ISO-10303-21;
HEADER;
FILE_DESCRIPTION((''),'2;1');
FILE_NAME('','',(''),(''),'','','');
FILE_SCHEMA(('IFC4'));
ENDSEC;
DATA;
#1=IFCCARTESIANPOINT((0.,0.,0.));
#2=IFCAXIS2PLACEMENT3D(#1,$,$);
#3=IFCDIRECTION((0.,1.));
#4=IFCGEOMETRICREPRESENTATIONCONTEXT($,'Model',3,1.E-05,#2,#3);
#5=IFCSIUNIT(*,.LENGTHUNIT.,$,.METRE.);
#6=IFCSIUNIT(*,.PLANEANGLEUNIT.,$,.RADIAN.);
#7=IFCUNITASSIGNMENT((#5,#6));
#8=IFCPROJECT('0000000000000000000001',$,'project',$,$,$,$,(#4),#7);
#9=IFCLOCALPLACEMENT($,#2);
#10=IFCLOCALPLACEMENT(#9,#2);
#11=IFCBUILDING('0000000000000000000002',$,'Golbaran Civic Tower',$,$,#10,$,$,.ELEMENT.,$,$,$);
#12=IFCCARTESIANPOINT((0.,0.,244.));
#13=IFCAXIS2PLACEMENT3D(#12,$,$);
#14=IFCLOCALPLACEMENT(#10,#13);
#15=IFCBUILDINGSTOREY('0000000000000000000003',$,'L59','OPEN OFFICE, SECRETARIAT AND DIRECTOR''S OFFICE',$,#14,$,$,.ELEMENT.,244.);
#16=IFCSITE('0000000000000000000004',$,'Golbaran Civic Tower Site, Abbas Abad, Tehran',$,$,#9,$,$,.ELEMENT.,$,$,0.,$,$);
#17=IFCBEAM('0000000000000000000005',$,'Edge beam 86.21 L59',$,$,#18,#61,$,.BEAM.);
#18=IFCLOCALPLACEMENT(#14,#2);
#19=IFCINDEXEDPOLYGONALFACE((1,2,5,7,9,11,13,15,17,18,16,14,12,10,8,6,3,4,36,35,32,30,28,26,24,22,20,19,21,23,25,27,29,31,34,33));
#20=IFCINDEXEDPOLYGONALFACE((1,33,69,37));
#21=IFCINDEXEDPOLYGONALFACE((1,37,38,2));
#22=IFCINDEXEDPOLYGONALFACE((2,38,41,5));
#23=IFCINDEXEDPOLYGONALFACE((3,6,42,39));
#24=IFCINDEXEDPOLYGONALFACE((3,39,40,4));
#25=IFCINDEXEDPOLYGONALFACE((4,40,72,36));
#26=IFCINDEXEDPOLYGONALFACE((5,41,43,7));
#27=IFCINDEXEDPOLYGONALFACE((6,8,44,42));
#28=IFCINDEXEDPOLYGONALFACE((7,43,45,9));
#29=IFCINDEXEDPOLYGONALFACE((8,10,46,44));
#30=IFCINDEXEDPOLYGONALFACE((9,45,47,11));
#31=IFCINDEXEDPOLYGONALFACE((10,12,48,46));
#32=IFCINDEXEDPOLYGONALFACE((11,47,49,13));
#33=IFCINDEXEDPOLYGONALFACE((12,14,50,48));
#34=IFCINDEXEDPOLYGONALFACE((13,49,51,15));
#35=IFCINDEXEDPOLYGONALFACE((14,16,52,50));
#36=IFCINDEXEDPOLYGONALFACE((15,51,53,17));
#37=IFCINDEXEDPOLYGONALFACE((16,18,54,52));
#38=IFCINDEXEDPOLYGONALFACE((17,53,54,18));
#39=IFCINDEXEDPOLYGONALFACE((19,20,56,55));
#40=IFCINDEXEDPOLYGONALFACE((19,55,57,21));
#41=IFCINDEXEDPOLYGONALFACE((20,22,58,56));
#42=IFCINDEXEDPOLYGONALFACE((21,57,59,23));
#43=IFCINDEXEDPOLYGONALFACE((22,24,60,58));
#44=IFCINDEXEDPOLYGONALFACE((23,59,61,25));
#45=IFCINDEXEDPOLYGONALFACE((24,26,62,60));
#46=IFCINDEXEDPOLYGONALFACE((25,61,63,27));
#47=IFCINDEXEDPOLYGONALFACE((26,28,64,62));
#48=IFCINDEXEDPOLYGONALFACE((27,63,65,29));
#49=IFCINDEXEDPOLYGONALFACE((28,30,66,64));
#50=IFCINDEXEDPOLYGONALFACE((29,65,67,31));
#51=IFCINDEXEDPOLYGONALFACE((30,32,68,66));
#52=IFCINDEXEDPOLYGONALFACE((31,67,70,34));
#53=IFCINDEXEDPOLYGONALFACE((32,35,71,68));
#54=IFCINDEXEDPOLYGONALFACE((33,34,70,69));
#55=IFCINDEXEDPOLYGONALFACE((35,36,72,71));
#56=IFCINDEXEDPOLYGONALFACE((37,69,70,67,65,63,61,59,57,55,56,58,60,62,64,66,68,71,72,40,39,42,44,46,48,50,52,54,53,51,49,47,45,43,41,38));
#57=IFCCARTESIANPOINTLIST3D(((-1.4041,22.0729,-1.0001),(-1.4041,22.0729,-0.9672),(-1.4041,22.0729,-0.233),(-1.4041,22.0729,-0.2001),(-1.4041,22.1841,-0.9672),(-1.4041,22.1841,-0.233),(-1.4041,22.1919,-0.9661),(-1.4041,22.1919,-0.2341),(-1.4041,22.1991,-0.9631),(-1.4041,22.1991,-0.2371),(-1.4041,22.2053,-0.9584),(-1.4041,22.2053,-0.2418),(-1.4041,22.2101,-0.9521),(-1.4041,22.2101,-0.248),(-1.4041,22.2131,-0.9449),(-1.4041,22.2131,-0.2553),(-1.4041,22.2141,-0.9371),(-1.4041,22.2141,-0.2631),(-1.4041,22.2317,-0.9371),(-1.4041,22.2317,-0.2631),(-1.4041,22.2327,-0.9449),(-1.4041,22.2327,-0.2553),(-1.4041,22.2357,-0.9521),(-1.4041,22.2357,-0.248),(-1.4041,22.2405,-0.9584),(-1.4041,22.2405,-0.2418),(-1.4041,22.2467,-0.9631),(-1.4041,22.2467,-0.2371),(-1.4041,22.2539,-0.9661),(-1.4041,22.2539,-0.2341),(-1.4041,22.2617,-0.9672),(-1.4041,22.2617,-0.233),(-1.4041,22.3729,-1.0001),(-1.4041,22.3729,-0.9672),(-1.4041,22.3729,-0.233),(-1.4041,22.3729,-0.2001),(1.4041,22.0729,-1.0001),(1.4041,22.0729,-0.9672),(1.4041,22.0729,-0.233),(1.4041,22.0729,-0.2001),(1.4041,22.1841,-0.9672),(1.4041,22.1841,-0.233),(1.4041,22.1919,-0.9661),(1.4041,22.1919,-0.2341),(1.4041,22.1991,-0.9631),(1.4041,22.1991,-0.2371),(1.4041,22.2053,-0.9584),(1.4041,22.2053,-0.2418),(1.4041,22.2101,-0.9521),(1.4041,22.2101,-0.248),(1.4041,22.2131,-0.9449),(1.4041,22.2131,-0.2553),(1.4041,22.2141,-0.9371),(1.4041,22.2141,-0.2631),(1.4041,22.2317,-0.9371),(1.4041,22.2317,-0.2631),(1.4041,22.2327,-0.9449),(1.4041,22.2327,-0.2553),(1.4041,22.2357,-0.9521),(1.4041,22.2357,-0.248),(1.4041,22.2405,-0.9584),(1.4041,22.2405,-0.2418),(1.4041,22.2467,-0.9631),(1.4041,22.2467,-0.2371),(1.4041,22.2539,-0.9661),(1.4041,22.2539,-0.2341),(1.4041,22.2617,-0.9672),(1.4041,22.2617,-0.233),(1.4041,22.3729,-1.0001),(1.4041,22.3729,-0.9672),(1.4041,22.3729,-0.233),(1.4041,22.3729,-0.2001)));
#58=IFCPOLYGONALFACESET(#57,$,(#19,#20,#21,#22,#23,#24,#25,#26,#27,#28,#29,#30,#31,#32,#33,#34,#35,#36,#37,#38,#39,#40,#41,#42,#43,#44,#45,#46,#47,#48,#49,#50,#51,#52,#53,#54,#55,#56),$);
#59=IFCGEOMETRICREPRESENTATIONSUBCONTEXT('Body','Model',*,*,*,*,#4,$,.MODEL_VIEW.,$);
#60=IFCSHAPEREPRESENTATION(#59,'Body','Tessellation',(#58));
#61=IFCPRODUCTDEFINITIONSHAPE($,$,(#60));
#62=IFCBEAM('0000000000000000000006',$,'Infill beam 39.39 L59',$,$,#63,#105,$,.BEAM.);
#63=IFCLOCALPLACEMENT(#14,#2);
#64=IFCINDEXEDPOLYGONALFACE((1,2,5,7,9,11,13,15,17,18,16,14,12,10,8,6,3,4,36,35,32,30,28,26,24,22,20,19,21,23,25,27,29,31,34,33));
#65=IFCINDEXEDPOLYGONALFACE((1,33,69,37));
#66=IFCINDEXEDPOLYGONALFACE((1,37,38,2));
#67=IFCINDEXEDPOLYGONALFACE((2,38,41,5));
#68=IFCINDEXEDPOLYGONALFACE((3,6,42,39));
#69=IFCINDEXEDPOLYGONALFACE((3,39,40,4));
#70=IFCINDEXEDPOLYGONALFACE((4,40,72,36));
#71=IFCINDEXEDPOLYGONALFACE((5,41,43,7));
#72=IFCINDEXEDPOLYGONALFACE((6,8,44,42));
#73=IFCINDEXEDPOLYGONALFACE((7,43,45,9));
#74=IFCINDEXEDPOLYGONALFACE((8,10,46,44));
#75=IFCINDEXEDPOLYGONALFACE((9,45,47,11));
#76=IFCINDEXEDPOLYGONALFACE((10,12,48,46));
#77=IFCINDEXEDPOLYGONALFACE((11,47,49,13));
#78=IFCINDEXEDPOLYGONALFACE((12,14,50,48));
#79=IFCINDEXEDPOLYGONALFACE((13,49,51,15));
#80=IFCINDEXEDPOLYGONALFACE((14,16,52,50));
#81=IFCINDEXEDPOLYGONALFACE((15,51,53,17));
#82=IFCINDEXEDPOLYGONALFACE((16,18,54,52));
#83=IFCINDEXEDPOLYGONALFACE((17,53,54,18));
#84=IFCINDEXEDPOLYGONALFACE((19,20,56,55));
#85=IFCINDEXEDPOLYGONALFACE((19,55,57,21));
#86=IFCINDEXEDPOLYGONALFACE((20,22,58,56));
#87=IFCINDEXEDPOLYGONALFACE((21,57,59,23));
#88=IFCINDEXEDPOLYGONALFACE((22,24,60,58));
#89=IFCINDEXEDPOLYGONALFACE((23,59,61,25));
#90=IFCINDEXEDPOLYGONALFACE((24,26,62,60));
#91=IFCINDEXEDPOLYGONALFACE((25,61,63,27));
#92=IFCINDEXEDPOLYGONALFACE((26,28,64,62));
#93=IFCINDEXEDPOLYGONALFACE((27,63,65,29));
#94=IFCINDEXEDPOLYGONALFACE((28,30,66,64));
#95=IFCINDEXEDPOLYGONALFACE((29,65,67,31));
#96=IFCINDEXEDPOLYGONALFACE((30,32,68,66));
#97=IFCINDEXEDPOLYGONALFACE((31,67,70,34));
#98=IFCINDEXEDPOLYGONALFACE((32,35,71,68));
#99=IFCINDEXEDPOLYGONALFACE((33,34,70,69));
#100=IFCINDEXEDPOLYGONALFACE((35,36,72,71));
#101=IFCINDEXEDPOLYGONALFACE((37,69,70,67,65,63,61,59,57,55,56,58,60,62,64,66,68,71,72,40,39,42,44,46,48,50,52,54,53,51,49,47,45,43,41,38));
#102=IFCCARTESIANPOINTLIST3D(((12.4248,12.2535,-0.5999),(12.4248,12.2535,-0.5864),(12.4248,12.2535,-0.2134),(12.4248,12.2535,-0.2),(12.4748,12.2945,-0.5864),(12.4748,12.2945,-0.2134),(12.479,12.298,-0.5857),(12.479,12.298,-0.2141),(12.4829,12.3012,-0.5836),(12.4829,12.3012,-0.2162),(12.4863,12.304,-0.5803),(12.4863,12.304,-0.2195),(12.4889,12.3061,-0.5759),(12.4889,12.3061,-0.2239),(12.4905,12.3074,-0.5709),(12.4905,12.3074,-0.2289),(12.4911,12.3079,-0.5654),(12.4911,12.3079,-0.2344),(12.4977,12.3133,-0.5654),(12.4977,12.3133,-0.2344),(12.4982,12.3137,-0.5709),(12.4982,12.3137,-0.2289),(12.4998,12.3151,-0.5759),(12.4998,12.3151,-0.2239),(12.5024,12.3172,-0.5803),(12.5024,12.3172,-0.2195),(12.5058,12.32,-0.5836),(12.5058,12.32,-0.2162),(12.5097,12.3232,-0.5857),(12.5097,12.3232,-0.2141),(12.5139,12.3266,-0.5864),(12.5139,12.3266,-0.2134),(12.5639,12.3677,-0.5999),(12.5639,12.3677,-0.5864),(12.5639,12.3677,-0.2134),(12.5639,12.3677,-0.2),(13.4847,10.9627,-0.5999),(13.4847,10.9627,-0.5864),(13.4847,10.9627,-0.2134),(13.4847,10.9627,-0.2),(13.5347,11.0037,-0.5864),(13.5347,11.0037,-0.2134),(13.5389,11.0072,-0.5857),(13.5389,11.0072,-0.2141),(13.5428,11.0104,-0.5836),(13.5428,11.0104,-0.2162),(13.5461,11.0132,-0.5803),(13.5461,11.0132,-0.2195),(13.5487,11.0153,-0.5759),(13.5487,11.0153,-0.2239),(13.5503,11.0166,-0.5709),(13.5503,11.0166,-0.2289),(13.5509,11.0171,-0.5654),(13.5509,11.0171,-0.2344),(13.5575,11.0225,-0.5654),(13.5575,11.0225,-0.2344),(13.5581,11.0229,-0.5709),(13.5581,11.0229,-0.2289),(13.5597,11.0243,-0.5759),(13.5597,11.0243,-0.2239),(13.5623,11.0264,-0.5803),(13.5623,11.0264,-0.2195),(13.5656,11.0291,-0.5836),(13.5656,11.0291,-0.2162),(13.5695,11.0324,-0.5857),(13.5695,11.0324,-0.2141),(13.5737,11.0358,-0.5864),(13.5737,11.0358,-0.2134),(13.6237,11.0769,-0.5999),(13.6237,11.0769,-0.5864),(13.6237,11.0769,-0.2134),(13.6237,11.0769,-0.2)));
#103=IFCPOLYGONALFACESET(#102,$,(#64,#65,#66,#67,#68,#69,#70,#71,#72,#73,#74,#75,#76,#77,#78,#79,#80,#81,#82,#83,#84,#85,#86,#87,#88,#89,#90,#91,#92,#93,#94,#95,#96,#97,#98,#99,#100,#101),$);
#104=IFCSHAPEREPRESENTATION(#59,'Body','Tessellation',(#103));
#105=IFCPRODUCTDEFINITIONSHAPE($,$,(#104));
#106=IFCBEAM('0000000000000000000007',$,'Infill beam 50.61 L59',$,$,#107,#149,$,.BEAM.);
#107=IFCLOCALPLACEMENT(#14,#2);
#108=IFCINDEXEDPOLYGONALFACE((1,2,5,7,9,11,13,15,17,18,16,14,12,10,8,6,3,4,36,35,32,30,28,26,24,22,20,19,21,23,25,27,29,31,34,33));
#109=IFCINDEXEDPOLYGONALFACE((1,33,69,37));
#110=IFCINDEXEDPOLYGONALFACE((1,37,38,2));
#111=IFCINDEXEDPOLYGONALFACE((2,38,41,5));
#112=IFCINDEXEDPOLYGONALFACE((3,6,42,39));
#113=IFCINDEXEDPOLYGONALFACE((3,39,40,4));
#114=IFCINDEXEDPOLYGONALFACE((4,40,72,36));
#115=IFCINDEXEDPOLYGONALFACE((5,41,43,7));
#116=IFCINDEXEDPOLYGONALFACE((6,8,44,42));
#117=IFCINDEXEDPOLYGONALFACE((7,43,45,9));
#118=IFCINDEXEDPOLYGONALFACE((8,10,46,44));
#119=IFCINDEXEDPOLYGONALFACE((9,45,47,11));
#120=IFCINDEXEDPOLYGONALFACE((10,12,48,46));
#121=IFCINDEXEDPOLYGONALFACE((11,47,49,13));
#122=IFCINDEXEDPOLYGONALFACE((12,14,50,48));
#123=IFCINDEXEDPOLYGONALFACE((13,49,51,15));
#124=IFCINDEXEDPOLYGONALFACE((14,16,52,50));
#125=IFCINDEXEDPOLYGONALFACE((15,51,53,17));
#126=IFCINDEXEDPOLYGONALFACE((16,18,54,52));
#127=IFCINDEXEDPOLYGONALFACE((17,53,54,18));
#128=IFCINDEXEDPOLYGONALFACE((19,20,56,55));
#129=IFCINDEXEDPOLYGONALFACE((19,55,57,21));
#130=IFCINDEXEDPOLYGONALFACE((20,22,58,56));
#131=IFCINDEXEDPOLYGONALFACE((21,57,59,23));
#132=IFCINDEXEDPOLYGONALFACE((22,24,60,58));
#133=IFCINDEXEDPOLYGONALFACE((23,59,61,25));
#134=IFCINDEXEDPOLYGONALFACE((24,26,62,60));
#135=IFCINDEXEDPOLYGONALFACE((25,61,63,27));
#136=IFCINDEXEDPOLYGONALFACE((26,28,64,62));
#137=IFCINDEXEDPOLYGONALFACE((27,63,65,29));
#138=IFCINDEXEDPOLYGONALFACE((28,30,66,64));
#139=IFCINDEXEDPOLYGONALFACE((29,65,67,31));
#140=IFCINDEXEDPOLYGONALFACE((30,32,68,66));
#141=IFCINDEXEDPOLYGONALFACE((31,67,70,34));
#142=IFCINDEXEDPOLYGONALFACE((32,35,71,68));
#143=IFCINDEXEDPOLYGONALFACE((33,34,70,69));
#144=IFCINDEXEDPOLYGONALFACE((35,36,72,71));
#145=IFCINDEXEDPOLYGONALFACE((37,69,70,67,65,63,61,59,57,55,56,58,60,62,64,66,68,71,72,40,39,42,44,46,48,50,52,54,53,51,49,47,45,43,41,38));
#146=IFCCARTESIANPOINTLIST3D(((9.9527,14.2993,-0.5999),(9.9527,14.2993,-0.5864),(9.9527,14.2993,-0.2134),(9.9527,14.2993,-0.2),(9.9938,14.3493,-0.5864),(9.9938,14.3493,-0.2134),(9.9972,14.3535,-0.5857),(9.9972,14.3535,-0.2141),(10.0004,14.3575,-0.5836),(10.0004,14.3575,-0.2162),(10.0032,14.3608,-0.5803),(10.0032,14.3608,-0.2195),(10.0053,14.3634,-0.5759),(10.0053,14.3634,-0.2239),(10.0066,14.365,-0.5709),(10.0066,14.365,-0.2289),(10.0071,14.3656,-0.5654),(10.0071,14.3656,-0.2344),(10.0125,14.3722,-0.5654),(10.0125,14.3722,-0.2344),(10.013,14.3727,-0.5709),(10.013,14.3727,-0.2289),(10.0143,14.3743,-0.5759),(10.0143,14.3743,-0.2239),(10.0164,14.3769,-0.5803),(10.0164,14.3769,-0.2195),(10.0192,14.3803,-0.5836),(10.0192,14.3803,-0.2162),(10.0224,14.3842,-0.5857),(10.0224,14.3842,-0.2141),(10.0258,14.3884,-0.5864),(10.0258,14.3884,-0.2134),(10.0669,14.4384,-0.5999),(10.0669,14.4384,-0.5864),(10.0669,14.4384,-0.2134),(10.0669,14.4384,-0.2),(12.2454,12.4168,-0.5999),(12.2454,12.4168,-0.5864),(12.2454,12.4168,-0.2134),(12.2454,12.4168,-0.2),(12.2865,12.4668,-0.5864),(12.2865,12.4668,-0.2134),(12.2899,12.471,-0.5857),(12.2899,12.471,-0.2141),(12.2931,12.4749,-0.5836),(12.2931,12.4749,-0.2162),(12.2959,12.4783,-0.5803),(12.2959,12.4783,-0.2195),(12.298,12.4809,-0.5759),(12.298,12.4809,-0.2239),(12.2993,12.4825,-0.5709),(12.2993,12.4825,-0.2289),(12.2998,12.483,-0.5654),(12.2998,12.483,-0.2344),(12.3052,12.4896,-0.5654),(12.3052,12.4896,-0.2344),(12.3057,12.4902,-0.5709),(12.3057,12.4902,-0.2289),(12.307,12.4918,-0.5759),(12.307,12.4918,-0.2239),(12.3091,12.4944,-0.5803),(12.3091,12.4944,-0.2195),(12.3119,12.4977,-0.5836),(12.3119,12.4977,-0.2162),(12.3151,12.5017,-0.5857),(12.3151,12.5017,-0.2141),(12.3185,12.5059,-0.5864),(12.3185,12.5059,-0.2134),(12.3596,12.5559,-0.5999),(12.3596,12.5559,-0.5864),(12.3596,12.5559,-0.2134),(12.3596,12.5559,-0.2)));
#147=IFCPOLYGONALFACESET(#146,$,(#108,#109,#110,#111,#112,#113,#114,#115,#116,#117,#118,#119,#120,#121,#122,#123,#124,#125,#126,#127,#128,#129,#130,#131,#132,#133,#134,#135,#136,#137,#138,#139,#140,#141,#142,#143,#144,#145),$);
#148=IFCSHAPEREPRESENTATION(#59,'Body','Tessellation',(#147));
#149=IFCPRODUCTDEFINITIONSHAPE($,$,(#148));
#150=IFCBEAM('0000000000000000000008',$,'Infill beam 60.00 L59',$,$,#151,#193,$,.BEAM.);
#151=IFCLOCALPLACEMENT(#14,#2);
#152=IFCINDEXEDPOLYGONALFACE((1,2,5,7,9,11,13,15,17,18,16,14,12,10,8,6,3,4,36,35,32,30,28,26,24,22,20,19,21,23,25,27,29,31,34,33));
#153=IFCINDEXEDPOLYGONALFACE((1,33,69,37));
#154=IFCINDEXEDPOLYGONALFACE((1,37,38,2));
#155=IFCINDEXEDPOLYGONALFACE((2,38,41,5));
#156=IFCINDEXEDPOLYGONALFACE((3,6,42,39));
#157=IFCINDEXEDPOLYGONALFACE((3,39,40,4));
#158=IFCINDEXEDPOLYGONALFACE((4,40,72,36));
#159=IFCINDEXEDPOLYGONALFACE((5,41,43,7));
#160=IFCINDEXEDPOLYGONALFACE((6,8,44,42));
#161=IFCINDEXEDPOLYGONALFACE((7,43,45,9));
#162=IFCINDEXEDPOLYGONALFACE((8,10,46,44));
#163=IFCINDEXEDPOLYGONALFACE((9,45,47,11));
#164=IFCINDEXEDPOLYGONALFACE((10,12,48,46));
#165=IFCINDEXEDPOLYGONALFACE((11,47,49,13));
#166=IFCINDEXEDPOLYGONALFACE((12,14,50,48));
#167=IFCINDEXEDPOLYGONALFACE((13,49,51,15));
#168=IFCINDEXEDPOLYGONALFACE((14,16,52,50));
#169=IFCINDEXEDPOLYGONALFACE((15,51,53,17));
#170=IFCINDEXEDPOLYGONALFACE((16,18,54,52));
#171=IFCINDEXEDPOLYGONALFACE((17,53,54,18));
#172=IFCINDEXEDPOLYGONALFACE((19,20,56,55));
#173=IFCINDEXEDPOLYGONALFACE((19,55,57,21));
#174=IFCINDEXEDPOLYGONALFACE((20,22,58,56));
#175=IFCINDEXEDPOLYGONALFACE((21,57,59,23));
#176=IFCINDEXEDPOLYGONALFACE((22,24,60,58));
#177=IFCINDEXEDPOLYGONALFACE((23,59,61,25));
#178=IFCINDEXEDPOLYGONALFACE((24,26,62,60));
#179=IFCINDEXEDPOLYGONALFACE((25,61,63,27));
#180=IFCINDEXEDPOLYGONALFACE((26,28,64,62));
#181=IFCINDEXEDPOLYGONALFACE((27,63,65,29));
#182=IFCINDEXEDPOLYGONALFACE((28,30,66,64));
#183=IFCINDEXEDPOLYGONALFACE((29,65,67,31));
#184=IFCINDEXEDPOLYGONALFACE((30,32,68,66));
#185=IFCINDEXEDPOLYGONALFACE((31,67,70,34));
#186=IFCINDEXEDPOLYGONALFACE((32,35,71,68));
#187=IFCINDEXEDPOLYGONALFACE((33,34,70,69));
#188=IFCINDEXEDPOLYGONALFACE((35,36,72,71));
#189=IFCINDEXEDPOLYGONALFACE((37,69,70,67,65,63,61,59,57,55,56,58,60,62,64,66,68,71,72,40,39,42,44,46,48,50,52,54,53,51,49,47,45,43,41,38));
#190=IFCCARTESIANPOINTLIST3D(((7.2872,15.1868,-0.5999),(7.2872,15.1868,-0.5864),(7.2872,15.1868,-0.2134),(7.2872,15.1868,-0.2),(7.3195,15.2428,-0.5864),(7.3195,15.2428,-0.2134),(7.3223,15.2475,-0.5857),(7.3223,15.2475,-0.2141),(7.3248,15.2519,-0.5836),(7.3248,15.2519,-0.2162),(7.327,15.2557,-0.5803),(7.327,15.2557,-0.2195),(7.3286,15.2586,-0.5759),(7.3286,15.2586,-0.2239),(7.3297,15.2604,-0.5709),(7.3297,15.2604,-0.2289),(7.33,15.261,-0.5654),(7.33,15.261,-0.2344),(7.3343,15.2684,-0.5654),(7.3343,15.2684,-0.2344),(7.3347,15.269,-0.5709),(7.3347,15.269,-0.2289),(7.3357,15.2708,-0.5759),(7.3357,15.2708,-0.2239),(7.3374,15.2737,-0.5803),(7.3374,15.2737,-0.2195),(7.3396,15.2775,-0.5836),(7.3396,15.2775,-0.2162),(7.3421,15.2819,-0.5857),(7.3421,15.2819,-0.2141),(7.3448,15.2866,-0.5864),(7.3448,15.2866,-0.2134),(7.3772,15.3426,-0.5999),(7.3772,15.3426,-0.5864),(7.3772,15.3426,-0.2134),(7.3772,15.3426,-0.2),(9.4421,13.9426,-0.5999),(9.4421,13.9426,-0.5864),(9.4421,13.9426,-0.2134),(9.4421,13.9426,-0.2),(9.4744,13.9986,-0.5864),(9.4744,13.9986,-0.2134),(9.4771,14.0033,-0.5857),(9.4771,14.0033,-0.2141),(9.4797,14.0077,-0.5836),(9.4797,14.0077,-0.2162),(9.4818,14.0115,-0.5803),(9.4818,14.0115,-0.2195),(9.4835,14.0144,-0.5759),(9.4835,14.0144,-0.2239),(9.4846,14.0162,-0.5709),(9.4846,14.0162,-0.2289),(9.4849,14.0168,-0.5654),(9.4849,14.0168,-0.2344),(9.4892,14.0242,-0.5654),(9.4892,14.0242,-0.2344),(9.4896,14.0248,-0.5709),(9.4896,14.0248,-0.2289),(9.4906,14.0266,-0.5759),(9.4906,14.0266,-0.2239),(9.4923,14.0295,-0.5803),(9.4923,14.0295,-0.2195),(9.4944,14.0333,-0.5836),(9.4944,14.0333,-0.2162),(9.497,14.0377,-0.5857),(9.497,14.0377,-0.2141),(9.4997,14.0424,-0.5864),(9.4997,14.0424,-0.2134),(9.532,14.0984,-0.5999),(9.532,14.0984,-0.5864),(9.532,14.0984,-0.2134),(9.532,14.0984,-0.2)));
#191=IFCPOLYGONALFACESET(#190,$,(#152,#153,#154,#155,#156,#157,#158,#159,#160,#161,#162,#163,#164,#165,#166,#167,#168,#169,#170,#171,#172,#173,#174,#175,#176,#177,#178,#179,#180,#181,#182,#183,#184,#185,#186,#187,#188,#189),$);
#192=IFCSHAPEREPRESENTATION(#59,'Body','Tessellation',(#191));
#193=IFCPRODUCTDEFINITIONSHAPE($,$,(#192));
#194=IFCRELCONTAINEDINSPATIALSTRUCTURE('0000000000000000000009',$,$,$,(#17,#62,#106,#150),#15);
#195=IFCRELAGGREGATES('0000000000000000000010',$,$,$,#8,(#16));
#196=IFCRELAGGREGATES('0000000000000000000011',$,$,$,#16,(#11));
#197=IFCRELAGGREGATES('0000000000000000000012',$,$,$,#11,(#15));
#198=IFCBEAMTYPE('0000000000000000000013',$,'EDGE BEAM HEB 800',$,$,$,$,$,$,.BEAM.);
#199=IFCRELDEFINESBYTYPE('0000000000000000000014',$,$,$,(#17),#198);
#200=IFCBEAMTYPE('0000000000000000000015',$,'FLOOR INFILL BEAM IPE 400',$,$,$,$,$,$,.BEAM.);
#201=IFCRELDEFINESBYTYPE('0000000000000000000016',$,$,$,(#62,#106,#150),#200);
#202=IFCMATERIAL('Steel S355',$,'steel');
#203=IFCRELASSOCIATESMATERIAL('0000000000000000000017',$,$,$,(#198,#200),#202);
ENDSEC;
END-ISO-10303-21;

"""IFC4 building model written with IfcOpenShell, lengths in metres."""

from ifc_helpers import new_model, si_unit, direction, frame, origin, origin_2d, place, context, subcontext, project, spatial, i_section, extrude, material, material_profile, profile_set, type_object, element, save


model = new_model("IFC4")

# Units and contexts
model_context = context("Model", 3, precision=1e-05, world=origin(), true_north=direction((0.0, 1.0)))
body_context = subcontext(model_context, "Body", "Model", "MODEL_VIEW")
ifc_project = project(units=[si_unit("LENGTHUNIT", "METRE"), si_unit("PLANEANGLEUNIT", "RADIAN")], contexts=[model_context])

# Site, building, storey
site_placement = place(None, origin())
site = spatial("IfcSite", under=ifc_project, at=site_placement, Name="Golbaran Civic Tower Site, Abbas Abad, Tehran", CompositionType="ELEMENT", RefElevation=0.0)
building_placement = place(site_placement, origin())
building = spatial("IfcBuilding", under=site, at=building_placement, Name="Golbaran Civic Tower", CompositionType="ELEMENT")
storey_placement = place(building_placement, frame((0.0, 0.0, 244.0)))
storey = spatial("IfcBuildingStorey", under=building, at=storey_placement, Name="L59", Description="OPEN OFFICE, SECRETARIAT AND DIRECTOR'S OFFICE", CompositionType="ELEMENT", Elevation=244.0)

# Beams
ifc_material_1 = material(Name="Steel S355", Category="steel")
ifc_material_profile_1 = material_profile(ifc_material_1, i_section(OverallWidth=0.3, OverallDepth=0.8, WebThickness=0.0176, FlangeThickness=0.033, FilletRadius=0.03, at=origin_2d()), Name="HEB 800")
ifc_profile_set_1 = profile_set([ifc_material_profile_1], Name="Steel S355")
beam_type_1 = type_object("IfcBeamType", Name="EDGE BEAM HEB 800", PredefinedType="BEAM", material=ifc_profile_set_1)
beam_1_placement = place(storey_placement, frame((1.4041, 22.2229, -0.6001), z_axis=(-1.0, 0.0, 0.0), x_axis=(0.0, -1.0, 0.0)))
element("IfcBeam", 1, at=beam_1_placement, inside=storey, type_object=beam_type_1, Name="Edge beam 86.21 L59", PredefinedType="BEAM", context=body_context, shape_type="SweptSolid", body=[
    extrude(i_section(OverallWidth=0.3, OverallDepth=0.8, WebThickness=0.0176, FlangeThickness=0.033, FilletRadius=0.03, at=origin_2d()), origin(), (0.0, 0.0, 1.0), 2.8081),
])
ifc_material_profile_2 = material_profile(ifc_material_1, i_section(OverallWidth=0.1799, OverallDepth=0.3999, WebThickness=0.0085, FlangeThickness=0.0134, FilletRadius=0.021, at=origin_2d()), Name="IPE 400")
ifc_profile_set_2 = profile_set([ifc_material_profile_2], Name="Steel S355")
beam_type_2 = type_object("IfcBeamType", Name="FLOOR INFILL BEAM IPE 400", PredefinedType="BEAM", material=ifc_profile_set_2)
beam_2_placement = place(storey_placement, frame((13.5542, 11.0198, -0.3999), z_axis=(-0.634574, 0.772862, 0.0), x_axis=(-0.772862, -0.634574, 0.0)))
element("IfcBeam", 2, at=beam_2_placement, inside=storey, type_object=beam_type_2, Name="Infill beam 39.39 L59", PredefinedType="BEAM", context=body_context, shape_type="SweptSolid", body=[
    extrude(i_section(OverallWidth=0.1799, OverallDepth=0.3999, WebThickness=0.0085, FlangeThickness=0.0134, FilletRadius=0.021, at=origin_2d()), origin(), (0.0, 0.0, 1.0), 1.6702),
])
beam_3_placement = place(storey_placement, frame((12.3025, 12.4863, -0.3999), z_axis=(-0.772849, 0.63459, 0.0), x_axis=(-0.63459, -0.772849, 0.0)))
element("IfcBeam", 3, at=beam_3_placement, inside=storey, type_object=beam_type_2, Name="Infill beam 50.61 L59", PredefinedType="BEAM", context=body_context, shape_type="SweptSolid", body=[
    extrude(i_section(OverallWidth=0.1799, OverallDepth=0.3999, WebThickness=0.0085, FlangeThickness=0.0134, FilletRadius=0.021, at=origin_2d()), origin(), (0.0, 0.0, 1.0), 2.9666),
])
beam_4_placement = place(storey_placement, frame((9.4871, 14.0205, -0.3999), z_axis=(-0.866012, 0.500023, 0.0), x_axis=(-0.500023, -0.866012, 0.0)))
element("IfcBeam", 4, at=beam_4_placement, inside=storey, type_object=beam_type_2, Name="Infill beam 60.00 L59", PredefinedType="BEAM", context=body_context, shape_type="SweptSolid", body=[
    extrude(i_section(OverallWidth=0.1799, OverallDepth=0.3999, WebThickness=0.0085, FlangeThickness=0.0134, FilletRadius=0.021, at=origin_2d()), origin(), (0.0, 0.0, 1.0), 2.4883),
])

save(model, "model.ifc")
